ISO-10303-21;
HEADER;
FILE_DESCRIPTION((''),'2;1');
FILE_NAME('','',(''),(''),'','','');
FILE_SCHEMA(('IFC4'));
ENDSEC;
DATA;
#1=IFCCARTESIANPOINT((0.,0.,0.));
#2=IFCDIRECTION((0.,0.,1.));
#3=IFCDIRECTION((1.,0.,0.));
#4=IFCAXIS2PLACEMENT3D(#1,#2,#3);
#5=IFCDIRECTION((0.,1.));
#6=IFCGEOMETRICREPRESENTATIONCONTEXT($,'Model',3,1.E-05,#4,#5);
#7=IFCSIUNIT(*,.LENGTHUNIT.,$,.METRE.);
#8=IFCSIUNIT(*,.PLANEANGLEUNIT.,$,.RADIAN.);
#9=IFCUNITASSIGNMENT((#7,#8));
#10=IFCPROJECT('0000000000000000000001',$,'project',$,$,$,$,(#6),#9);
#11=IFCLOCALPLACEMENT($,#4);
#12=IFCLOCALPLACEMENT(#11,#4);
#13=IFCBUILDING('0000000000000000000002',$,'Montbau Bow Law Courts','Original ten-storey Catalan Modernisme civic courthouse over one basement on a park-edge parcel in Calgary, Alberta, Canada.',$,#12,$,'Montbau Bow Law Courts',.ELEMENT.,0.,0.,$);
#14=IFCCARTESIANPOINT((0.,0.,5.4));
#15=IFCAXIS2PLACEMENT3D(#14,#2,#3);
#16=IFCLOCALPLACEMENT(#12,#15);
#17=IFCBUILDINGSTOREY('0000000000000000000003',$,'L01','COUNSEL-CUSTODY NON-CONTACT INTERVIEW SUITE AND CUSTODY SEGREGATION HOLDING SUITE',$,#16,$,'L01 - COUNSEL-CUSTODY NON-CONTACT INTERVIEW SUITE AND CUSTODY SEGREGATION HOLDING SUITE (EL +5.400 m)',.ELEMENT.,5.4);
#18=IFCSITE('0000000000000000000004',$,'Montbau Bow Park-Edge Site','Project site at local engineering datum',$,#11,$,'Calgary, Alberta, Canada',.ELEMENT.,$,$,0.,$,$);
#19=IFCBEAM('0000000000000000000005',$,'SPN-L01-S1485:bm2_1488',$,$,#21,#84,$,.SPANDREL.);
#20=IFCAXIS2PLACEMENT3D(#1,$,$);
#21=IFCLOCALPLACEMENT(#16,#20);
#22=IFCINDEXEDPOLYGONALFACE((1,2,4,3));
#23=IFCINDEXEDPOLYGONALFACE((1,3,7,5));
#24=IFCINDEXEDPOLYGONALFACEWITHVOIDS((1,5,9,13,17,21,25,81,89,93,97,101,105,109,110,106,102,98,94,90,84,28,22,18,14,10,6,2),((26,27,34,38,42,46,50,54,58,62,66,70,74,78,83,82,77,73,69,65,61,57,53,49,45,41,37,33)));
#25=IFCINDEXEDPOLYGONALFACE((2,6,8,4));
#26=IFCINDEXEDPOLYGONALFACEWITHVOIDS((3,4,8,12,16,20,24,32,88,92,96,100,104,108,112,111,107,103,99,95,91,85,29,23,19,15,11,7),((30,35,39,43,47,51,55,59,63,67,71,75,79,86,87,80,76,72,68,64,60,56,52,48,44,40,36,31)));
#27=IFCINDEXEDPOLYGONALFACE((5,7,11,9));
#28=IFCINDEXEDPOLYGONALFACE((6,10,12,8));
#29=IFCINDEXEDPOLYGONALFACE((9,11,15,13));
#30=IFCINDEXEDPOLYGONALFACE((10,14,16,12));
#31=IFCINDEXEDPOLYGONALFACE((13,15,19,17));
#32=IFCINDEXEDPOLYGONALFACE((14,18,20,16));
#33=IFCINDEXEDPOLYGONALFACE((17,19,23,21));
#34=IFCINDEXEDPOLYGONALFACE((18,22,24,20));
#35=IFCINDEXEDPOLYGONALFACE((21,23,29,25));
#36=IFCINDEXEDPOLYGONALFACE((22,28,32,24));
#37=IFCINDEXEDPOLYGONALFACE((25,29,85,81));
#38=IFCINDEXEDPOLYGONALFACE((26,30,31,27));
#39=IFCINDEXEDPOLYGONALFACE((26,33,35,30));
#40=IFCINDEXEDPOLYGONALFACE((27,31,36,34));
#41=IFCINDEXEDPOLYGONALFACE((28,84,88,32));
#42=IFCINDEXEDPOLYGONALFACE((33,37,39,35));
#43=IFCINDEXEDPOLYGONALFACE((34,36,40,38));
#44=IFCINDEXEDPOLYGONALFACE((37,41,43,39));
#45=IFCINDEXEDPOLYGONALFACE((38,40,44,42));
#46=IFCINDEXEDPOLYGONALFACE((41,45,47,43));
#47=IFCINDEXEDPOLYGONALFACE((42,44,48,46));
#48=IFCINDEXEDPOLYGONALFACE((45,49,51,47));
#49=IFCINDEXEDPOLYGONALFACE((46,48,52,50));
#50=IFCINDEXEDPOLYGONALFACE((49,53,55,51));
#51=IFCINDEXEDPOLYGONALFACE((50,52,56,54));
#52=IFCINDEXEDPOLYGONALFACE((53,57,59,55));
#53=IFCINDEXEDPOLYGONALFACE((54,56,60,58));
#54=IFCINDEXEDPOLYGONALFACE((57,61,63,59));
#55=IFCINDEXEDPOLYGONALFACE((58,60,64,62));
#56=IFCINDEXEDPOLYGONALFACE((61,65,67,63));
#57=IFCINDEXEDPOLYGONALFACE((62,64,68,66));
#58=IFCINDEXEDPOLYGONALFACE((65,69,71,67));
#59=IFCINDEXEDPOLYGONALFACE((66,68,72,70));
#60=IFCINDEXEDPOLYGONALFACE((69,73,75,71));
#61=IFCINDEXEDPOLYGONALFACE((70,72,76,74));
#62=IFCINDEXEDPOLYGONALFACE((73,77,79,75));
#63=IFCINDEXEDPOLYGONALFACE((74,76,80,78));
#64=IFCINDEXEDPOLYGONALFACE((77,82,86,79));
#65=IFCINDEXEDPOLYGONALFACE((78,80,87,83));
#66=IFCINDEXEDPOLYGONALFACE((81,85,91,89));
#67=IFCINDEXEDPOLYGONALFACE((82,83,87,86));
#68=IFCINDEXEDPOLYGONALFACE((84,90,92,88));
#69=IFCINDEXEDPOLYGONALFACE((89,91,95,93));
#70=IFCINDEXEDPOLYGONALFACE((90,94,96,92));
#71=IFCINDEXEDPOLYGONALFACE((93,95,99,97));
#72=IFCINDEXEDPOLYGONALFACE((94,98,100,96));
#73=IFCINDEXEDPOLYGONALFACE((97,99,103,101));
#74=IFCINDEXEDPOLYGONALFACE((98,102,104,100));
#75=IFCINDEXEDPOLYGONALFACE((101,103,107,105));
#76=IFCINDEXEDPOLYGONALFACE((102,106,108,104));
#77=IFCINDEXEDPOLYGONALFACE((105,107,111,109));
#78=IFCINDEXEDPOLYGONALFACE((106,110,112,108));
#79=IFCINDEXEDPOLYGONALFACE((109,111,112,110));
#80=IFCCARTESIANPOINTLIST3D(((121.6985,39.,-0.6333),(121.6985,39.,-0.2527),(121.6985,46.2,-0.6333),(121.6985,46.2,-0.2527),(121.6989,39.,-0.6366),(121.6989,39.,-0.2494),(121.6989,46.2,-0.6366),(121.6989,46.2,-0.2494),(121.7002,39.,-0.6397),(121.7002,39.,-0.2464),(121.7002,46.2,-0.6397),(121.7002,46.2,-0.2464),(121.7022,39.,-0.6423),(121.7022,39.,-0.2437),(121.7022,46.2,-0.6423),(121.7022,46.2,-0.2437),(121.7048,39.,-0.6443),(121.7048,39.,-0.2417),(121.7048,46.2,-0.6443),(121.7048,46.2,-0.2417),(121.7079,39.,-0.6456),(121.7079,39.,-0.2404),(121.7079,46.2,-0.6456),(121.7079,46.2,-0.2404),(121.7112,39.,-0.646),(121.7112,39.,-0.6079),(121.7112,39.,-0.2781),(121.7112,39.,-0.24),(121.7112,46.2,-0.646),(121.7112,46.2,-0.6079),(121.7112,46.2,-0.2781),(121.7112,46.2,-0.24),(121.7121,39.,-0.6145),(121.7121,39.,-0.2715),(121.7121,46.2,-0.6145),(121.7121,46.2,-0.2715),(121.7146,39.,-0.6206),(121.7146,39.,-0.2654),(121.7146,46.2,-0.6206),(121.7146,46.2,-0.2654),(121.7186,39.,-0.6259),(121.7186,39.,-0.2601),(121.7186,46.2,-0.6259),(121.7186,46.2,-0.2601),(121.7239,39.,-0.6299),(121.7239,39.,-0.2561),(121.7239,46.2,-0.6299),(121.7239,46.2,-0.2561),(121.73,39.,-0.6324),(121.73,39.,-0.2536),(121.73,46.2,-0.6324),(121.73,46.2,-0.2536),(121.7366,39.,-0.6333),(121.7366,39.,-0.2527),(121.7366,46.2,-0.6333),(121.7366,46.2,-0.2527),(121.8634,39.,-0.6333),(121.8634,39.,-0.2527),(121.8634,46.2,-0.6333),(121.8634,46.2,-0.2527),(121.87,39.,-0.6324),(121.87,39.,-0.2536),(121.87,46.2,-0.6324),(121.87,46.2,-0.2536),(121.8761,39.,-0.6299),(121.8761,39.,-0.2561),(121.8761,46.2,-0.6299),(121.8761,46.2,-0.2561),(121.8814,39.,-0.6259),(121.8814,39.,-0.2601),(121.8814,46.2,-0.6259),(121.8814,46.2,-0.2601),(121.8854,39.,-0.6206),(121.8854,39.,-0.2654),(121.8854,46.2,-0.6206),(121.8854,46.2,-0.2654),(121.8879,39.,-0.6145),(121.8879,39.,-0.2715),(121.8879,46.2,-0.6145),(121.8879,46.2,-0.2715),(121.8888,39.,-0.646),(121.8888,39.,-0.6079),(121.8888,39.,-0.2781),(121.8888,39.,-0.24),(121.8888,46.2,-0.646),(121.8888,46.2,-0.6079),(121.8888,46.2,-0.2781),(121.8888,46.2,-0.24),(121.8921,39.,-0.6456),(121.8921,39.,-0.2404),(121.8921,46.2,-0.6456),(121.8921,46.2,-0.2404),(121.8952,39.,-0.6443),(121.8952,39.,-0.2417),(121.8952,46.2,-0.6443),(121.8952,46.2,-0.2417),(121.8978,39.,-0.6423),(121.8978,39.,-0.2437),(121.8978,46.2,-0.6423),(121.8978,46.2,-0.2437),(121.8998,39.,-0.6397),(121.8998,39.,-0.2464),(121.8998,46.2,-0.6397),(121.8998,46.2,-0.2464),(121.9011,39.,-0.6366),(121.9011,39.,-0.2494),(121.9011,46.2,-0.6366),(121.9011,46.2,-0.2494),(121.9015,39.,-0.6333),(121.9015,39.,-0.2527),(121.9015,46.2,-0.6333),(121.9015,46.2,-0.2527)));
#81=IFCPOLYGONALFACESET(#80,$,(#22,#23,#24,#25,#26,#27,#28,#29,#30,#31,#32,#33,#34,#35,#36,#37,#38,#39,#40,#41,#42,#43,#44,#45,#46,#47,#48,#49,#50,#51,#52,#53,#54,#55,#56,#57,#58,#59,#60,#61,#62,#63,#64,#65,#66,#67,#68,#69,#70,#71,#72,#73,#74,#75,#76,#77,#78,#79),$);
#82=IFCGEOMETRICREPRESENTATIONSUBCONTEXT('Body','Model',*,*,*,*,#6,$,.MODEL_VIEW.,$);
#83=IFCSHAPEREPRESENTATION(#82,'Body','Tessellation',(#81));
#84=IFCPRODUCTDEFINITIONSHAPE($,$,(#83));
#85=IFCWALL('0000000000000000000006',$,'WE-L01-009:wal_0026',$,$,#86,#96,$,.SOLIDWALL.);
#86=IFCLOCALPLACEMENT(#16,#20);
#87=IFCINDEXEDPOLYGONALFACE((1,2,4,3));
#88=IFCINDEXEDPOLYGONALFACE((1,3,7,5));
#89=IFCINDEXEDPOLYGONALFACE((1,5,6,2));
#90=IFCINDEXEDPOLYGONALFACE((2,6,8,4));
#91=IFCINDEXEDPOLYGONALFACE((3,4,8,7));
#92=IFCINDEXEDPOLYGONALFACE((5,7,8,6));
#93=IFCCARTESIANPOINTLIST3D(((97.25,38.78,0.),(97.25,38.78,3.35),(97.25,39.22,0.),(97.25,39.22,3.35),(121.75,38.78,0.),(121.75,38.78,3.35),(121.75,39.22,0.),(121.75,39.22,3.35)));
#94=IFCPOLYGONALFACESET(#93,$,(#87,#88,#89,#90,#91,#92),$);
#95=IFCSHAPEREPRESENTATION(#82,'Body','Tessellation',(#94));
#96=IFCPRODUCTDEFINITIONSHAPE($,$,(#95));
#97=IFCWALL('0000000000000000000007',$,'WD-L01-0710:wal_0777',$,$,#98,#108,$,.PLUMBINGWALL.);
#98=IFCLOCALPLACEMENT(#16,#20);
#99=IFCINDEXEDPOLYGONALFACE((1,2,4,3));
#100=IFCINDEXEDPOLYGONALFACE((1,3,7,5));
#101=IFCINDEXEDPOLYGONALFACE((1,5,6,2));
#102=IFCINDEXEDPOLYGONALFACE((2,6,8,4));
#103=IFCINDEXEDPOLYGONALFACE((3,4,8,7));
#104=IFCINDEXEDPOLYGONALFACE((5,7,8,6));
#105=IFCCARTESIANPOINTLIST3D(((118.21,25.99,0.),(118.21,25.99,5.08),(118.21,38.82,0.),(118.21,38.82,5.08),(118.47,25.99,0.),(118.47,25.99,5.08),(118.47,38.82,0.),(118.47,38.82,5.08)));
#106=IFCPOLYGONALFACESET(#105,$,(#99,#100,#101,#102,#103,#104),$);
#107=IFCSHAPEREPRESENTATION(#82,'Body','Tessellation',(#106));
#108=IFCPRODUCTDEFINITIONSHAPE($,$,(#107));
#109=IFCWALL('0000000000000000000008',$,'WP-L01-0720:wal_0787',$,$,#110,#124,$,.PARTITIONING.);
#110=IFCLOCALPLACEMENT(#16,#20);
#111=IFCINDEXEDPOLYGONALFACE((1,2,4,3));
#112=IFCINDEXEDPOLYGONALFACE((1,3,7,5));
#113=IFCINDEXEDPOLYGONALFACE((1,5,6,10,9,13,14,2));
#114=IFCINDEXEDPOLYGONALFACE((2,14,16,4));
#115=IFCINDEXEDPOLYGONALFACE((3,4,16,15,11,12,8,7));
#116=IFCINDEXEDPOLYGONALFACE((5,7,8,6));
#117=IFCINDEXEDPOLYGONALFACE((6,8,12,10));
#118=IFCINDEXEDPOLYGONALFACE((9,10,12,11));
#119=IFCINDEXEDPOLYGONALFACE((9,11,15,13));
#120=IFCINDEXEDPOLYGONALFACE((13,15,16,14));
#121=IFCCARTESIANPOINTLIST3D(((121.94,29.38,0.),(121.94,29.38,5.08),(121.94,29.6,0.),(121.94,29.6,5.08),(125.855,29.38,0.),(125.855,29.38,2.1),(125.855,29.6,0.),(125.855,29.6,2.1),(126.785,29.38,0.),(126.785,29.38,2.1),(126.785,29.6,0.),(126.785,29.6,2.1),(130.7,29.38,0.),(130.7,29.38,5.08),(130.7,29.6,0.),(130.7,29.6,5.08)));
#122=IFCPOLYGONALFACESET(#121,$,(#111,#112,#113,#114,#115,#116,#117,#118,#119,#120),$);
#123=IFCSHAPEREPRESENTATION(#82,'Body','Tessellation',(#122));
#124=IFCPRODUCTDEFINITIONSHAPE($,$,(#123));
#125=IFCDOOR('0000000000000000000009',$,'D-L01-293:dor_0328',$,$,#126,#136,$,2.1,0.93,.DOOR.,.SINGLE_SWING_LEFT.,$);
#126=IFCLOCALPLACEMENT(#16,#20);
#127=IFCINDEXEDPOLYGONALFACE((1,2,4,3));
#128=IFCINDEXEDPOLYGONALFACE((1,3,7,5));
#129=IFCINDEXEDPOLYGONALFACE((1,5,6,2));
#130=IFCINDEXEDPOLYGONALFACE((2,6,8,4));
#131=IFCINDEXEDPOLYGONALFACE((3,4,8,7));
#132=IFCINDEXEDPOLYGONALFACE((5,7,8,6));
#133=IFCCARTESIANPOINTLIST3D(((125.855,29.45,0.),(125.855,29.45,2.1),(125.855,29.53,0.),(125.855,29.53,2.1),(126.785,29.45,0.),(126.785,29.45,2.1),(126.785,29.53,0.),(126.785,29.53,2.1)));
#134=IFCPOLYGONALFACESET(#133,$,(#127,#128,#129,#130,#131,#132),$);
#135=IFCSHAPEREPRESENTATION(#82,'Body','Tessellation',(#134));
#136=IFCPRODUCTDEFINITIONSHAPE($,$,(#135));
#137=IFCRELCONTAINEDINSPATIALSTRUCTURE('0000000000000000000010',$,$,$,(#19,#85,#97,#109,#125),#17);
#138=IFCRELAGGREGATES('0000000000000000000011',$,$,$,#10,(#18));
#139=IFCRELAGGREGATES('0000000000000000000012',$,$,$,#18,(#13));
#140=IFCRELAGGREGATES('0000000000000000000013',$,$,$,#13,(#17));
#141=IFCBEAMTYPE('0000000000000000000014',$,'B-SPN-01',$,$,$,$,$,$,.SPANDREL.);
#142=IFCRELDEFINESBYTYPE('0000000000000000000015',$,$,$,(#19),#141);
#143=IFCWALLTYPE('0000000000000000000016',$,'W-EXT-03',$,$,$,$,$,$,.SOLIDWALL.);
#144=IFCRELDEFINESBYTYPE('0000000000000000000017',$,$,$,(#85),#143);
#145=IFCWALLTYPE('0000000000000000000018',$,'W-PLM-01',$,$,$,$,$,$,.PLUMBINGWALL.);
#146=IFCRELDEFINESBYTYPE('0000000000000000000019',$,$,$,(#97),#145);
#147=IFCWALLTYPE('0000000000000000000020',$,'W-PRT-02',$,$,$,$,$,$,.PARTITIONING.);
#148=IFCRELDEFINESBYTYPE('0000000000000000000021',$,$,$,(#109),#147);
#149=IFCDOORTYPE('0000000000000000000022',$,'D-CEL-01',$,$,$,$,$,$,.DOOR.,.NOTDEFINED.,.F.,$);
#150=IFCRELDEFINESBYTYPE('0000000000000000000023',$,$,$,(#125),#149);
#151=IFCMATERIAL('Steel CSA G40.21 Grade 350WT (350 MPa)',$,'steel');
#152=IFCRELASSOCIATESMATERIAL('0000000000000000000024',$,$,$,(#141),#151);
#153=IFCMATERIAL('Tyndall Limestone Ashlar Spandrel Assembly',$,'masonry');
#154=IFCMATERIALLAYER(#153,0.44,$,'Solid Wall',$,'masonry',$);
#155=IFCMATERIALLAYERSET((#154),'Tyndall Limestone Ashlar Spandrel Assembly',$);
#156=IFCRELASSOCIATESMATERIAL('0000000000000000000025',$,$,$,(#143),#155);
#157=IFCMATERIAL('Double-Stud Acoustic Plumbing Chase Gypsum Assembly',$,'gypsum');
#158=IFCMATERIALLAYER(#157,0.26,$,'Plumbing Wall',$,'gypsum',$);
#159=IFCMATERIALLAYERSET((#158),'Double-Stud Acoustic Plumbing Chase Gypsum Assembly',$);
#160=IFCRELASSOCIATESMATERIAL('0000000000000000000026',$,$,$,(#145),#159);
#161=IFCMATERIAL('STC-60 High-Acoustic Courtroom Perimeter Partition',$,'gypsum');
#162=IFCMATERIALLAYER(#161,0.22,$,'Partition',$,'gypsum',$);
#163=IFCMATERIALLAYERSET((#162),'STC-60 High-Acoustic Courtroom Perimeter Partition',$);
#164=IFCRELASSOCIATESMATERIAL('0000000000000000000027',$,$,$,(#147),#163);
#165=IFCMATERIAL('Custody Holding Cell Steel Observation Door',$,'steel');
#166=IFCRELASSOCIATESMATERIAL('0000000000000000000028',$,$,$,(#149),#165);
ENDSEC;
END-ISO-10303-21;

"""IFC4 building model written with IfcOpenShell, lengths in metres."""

from ifc_helpers import new_model, si_unit, direction, frame, frame_2d, origin_with_axes, origin_2d_with_axis, place, context, subcontext, project, spatial, rectangle, hollow_rectangle, extrude, material, layer, layer_set, material_profile, profile_set, type_object, element, fill, save


model = new_model("IFC4")

# Units and contexts
model_context = context("Model", 3, precision=1e-05, world=origin_with_axes(), true_north=direction((0.0, 1.0)))
body_context = subcontext(model_context, "Body", "Model", "MODEL_VIEW")
ifc_project = project(units=[si_unit("LENGTHUNIT", "METRE"), si_unit("PLANEANGLEUNIT", "RADIAN")], contexts=[model_context])

# Site, building, storey
site_placement = place(None, origin_with_axes())
site = spatial("IfcSite", under=ifc_project, at=site_placement, Name="Montbau Bow Park-Edge Site", Description="Project site at local engineering datum", LongName="Calgary, Alberta, Canada", CompositionType="ELEMENT", RefElevation=0.0)
building_placement = place(site_placement, origin_with_axes())
building = spatial("IfcBuilding", under=site, at=building_placement, Name="Montbau Bow Law Courts", Description="Original ten-storey Catalan Modernisme civic courthouse over one basement on a park-edge parcel in Calgary, Alberta, Canada.", LongName="Montbau Bow Law Courts", CompositionType="ELEMENT", ElevationOfRefHeight=0.0, ElevationOfTerrain=0.0)
storey_placement = place(building_placement, frame((0.0, 0.0, 5.4), z_axis=(0.0, 0.0, 1.0), x_axis=(1.0, 0.0, 0.0)))
storey = spatial("IfcBuildingStorey", under=building, at=storey_placement, Name="L01", Description="COUNSEL-CUSTODY NON-CONTACT INTERVIEW SUITE AND CUSTODY SEGREGATION HOLDING SUITE", LongName="L01 - COUNSEL-CUSTODY NON-CONTACT INTERVIEW SUITE AND CUSTODY SEGREGATION HOLDING SUITE (EL +5.400 m)", CompositionType="ELEMENT", Elevation=5.4)

# Beam
ifc_material_1 = material(Name="Steel CSA G40.21 Grade 350WT (350 MPa)", Category="steel")
ifc_material_profile_1 = material_profile(ifc_material_1, hollow_rectangle(XDim=0.203, YDim=0.406, WallThickness=0.0127, InnerFilletRadius=0.0254, OuterFilletRadius=0.0127, at=origin_2d_with_axis()), Name="HSS406X203X13", Category="Main", Priority=0)
ifc_profile_set_1 = profile_set([ifc_material_profile_1], Name="Steel CSA G40.21 Grade 350WT (350 MPa)")
beam_type_1 = type_object("IfcBeamType", Name="B-SPN-01", PredefinedType="SPANDREL", material=ifc_profile_set_1)
beam_1_placement = place(None, frame((121.8, 39.0, 4.957), z_axis=(0.0, 1.0, 0.0), x_axis=(-1.0, 0.0, 0.0)))
element("IfcBeam", 1, at=beam_1_placement, inside=storey, type_object=beam_type_1, Name="SPN-L01-S1485:bm2_1488", PredefinedType="SPANDREL", context=body_context, shape_type="SweptSolid", body=[
    extrude(hollow_rectangle(XDim=0.203, YDim=0.406, WallThickness=0.0127, InnerFilletRadius=0.0254, OuterFilletRadius=0.0127, at=origin_2d_with_axis()), origin_with_axes(), (0.0, 0.0, 1.0), 7.2),
])

# Walls
ifc_material_2 = material(Name="Tyndall Limestone Ashlar Spandrel Assembly", Category="masonry")
ifc_layer_1 = layer(ifc_material_2, 0.44, Name="Solid Wall", Category="masonry")
ifc_layer_set_1 = layer_set([ifc_layer_1], Name="Tyndall Limestone Ashlar Spandrel Assembly")
wall_type_1 = type_object("IfcWallType", Name="W-EXT-03", PredefinedType="SOLIDWALL", material=ifc_layer_set_1)
wall_1_placement = place(None, frame((121.75, 39.0, 5.4), z_axis=(0.0, 0.0, 1.0), x_axis=(-1.0, 0.0, 0.0)))
element("IfcWall", 2, at=wall_1_placement, inside=storey, type_object=wall_type_1, Name="WE-L01-009:wal_0026", PredefinedType="SOLIDWALL", context=body_context, shape_type="SweptSolid", body=[
    extrude(rectangle(XDim=24.5, YDim=0.44, at=frame_2d((12.25, 0.0), x_axis=(1.0, 0.0))), origin_with_axes(), (0.0, 0.0, 1.0), 3.35),
])
ifc_material_3 = material(Name="Double-Stud Acoustic Plumbing Chase Gypsum Assembly", Category="gypsum")
ifc_layer_2 = layer(ifc_material_3, 0.26, Name="Plumbing Wall", Category="gypsum")
ifc_layer_set_2 = layer_set([ifc_layer_2], Name="Double-Stud Acoustic Plumbing Chase Gypsum Assembly")
wall_type_2 = type_object("IfcWallType", Name="W-PLM-01", PredefinedType="PLUMBINGWALL", material=ifc_layer_set_2)
wall_2_placement = place(None, frame((118.34, 25.99, 5.4), z_axis=(0.0, 0.0, 1.0), x_axis=(0.0, 1.0, 0.0)))
element("IfcWall", 3, at=wall_2_placement, inside=storey, type_object=wall_type_2, Name="WD-L01-0710:wal_0777", PredefinedType="PLUMBINGWALL", context=body_context, shape_type="SweptSolid", body=[
    extrude(rectangle(XDim=12.83, YDim=0.26, at=frame_2d((6.415, 0.0), x_axis=(1.0, 0.0))), origin_with_axes(), (0.0, 0.0, 1.0), 5.08),
])

# Wall, opening, door
ifc_material_4 = material(Name="STC-60 High-Acoustic Courtroom Perimeter Partition", Category="gypsum")
ifc_layer_3 = layer(ifc_material_4, 0.22, Name="Partition", Category="gypsum")
ifc_layer_set_3 = layer_set([ifc_layer_3], Name="STC-60 High-Acoustic Courtroom Perimeter Partition")
wall_type_3 = type_object("IfcWallType", Name="W-PRT-02", PredefinedType="PARTITIONING", material=ifc_layer_set_3)
wall_3_placement = place(None, frame((121.94, 29.49, 5.4), z_axis=(0.0, 0.0, 1.0), x_axis=(1.0, 0.0, 0.0)))
wall_3 = element("IfcWall", 4, at=wall_3_placement, inside=storey, type_object=wall_type_3, Name="WP-L01-0720:wal_0787", PredefinedType="PARTITIONING", context=body_context, shape_type="SweptSolid", body=[
    extrude(rectangle(XDim=8.76, YDim=0.22, at=frame_2d((4.38, 0.0), x_axis=(1.0, 0.0))), origin_with_axes(), (0.0, 0.0, 1.0), 5.08),
])
opening_1_placement = place(None, frame((126.32, 29.49, 5.4), z_axis=(0.0, 0.0, 1.0), x_axis=(1.0, 0.0, 0.0)))
opening_1 = element("IfcOpeningElement", 5, at=opening_1_placement, cuts=wall_3, PredefinedType="OPENING", context=body_context, shape_type="SweptSolid", body=[
    extrude(rectangle(XDim=0.93, YDim=2.1, at=frame_2d((0.0, 1.05), x_axis=(1.0, 0.0))), frame((0.0, 0.12, 0.0), z_axis=(0.0, -1.0, 0.0), x_axis=(1.0, 0.0, 0.0)), (0.0, 0.0, 1.0), 0.24),
])
ifc_material_5 = material(Name="Custody Holding Cell Steel Observation Door", Category="steel")
door_type_1 = type_object("IfcDoorType", Name="D-CEL-01", OperationType="NOTDEFINED", ParameterTakesPrecedence=False, PredefinedType="DOOR", material=ifc_material_5)
door_1_placement = place(None, frame((126.32, 29.49, 5.4), z_axis=(0.0, 0.0, 1.0), x_axis=(-1.0, 0.0, 0.0)))
door_1 = element("IfcDoor", 6, at=door_1_placement, inside=storey, type_object=door_type_1, Name="D-L01-293:dor_0328", OperationType="SINGLE_SWING_LEFT", OverallHeight=2.1, OverallWidth=0.93, PredefinedType="DOOR", context=body_context, shape_type="SweptSolid", body=[
    extrude(rectangle(XDim=0.93, YDim=2.1, at=frame_2d((0.0, 1.05), x_axis=(1.0, 0.0))), frame((0.0, 0.04, 0.0), z_axis=(0.0, -1.0, 0.0), x_axis=(1.0, 0.0, 0.0)), (0.0, 0.0, 1.0), 0.08),
])
fill(opening_1, door_1)

save(model, "model.ifc")
